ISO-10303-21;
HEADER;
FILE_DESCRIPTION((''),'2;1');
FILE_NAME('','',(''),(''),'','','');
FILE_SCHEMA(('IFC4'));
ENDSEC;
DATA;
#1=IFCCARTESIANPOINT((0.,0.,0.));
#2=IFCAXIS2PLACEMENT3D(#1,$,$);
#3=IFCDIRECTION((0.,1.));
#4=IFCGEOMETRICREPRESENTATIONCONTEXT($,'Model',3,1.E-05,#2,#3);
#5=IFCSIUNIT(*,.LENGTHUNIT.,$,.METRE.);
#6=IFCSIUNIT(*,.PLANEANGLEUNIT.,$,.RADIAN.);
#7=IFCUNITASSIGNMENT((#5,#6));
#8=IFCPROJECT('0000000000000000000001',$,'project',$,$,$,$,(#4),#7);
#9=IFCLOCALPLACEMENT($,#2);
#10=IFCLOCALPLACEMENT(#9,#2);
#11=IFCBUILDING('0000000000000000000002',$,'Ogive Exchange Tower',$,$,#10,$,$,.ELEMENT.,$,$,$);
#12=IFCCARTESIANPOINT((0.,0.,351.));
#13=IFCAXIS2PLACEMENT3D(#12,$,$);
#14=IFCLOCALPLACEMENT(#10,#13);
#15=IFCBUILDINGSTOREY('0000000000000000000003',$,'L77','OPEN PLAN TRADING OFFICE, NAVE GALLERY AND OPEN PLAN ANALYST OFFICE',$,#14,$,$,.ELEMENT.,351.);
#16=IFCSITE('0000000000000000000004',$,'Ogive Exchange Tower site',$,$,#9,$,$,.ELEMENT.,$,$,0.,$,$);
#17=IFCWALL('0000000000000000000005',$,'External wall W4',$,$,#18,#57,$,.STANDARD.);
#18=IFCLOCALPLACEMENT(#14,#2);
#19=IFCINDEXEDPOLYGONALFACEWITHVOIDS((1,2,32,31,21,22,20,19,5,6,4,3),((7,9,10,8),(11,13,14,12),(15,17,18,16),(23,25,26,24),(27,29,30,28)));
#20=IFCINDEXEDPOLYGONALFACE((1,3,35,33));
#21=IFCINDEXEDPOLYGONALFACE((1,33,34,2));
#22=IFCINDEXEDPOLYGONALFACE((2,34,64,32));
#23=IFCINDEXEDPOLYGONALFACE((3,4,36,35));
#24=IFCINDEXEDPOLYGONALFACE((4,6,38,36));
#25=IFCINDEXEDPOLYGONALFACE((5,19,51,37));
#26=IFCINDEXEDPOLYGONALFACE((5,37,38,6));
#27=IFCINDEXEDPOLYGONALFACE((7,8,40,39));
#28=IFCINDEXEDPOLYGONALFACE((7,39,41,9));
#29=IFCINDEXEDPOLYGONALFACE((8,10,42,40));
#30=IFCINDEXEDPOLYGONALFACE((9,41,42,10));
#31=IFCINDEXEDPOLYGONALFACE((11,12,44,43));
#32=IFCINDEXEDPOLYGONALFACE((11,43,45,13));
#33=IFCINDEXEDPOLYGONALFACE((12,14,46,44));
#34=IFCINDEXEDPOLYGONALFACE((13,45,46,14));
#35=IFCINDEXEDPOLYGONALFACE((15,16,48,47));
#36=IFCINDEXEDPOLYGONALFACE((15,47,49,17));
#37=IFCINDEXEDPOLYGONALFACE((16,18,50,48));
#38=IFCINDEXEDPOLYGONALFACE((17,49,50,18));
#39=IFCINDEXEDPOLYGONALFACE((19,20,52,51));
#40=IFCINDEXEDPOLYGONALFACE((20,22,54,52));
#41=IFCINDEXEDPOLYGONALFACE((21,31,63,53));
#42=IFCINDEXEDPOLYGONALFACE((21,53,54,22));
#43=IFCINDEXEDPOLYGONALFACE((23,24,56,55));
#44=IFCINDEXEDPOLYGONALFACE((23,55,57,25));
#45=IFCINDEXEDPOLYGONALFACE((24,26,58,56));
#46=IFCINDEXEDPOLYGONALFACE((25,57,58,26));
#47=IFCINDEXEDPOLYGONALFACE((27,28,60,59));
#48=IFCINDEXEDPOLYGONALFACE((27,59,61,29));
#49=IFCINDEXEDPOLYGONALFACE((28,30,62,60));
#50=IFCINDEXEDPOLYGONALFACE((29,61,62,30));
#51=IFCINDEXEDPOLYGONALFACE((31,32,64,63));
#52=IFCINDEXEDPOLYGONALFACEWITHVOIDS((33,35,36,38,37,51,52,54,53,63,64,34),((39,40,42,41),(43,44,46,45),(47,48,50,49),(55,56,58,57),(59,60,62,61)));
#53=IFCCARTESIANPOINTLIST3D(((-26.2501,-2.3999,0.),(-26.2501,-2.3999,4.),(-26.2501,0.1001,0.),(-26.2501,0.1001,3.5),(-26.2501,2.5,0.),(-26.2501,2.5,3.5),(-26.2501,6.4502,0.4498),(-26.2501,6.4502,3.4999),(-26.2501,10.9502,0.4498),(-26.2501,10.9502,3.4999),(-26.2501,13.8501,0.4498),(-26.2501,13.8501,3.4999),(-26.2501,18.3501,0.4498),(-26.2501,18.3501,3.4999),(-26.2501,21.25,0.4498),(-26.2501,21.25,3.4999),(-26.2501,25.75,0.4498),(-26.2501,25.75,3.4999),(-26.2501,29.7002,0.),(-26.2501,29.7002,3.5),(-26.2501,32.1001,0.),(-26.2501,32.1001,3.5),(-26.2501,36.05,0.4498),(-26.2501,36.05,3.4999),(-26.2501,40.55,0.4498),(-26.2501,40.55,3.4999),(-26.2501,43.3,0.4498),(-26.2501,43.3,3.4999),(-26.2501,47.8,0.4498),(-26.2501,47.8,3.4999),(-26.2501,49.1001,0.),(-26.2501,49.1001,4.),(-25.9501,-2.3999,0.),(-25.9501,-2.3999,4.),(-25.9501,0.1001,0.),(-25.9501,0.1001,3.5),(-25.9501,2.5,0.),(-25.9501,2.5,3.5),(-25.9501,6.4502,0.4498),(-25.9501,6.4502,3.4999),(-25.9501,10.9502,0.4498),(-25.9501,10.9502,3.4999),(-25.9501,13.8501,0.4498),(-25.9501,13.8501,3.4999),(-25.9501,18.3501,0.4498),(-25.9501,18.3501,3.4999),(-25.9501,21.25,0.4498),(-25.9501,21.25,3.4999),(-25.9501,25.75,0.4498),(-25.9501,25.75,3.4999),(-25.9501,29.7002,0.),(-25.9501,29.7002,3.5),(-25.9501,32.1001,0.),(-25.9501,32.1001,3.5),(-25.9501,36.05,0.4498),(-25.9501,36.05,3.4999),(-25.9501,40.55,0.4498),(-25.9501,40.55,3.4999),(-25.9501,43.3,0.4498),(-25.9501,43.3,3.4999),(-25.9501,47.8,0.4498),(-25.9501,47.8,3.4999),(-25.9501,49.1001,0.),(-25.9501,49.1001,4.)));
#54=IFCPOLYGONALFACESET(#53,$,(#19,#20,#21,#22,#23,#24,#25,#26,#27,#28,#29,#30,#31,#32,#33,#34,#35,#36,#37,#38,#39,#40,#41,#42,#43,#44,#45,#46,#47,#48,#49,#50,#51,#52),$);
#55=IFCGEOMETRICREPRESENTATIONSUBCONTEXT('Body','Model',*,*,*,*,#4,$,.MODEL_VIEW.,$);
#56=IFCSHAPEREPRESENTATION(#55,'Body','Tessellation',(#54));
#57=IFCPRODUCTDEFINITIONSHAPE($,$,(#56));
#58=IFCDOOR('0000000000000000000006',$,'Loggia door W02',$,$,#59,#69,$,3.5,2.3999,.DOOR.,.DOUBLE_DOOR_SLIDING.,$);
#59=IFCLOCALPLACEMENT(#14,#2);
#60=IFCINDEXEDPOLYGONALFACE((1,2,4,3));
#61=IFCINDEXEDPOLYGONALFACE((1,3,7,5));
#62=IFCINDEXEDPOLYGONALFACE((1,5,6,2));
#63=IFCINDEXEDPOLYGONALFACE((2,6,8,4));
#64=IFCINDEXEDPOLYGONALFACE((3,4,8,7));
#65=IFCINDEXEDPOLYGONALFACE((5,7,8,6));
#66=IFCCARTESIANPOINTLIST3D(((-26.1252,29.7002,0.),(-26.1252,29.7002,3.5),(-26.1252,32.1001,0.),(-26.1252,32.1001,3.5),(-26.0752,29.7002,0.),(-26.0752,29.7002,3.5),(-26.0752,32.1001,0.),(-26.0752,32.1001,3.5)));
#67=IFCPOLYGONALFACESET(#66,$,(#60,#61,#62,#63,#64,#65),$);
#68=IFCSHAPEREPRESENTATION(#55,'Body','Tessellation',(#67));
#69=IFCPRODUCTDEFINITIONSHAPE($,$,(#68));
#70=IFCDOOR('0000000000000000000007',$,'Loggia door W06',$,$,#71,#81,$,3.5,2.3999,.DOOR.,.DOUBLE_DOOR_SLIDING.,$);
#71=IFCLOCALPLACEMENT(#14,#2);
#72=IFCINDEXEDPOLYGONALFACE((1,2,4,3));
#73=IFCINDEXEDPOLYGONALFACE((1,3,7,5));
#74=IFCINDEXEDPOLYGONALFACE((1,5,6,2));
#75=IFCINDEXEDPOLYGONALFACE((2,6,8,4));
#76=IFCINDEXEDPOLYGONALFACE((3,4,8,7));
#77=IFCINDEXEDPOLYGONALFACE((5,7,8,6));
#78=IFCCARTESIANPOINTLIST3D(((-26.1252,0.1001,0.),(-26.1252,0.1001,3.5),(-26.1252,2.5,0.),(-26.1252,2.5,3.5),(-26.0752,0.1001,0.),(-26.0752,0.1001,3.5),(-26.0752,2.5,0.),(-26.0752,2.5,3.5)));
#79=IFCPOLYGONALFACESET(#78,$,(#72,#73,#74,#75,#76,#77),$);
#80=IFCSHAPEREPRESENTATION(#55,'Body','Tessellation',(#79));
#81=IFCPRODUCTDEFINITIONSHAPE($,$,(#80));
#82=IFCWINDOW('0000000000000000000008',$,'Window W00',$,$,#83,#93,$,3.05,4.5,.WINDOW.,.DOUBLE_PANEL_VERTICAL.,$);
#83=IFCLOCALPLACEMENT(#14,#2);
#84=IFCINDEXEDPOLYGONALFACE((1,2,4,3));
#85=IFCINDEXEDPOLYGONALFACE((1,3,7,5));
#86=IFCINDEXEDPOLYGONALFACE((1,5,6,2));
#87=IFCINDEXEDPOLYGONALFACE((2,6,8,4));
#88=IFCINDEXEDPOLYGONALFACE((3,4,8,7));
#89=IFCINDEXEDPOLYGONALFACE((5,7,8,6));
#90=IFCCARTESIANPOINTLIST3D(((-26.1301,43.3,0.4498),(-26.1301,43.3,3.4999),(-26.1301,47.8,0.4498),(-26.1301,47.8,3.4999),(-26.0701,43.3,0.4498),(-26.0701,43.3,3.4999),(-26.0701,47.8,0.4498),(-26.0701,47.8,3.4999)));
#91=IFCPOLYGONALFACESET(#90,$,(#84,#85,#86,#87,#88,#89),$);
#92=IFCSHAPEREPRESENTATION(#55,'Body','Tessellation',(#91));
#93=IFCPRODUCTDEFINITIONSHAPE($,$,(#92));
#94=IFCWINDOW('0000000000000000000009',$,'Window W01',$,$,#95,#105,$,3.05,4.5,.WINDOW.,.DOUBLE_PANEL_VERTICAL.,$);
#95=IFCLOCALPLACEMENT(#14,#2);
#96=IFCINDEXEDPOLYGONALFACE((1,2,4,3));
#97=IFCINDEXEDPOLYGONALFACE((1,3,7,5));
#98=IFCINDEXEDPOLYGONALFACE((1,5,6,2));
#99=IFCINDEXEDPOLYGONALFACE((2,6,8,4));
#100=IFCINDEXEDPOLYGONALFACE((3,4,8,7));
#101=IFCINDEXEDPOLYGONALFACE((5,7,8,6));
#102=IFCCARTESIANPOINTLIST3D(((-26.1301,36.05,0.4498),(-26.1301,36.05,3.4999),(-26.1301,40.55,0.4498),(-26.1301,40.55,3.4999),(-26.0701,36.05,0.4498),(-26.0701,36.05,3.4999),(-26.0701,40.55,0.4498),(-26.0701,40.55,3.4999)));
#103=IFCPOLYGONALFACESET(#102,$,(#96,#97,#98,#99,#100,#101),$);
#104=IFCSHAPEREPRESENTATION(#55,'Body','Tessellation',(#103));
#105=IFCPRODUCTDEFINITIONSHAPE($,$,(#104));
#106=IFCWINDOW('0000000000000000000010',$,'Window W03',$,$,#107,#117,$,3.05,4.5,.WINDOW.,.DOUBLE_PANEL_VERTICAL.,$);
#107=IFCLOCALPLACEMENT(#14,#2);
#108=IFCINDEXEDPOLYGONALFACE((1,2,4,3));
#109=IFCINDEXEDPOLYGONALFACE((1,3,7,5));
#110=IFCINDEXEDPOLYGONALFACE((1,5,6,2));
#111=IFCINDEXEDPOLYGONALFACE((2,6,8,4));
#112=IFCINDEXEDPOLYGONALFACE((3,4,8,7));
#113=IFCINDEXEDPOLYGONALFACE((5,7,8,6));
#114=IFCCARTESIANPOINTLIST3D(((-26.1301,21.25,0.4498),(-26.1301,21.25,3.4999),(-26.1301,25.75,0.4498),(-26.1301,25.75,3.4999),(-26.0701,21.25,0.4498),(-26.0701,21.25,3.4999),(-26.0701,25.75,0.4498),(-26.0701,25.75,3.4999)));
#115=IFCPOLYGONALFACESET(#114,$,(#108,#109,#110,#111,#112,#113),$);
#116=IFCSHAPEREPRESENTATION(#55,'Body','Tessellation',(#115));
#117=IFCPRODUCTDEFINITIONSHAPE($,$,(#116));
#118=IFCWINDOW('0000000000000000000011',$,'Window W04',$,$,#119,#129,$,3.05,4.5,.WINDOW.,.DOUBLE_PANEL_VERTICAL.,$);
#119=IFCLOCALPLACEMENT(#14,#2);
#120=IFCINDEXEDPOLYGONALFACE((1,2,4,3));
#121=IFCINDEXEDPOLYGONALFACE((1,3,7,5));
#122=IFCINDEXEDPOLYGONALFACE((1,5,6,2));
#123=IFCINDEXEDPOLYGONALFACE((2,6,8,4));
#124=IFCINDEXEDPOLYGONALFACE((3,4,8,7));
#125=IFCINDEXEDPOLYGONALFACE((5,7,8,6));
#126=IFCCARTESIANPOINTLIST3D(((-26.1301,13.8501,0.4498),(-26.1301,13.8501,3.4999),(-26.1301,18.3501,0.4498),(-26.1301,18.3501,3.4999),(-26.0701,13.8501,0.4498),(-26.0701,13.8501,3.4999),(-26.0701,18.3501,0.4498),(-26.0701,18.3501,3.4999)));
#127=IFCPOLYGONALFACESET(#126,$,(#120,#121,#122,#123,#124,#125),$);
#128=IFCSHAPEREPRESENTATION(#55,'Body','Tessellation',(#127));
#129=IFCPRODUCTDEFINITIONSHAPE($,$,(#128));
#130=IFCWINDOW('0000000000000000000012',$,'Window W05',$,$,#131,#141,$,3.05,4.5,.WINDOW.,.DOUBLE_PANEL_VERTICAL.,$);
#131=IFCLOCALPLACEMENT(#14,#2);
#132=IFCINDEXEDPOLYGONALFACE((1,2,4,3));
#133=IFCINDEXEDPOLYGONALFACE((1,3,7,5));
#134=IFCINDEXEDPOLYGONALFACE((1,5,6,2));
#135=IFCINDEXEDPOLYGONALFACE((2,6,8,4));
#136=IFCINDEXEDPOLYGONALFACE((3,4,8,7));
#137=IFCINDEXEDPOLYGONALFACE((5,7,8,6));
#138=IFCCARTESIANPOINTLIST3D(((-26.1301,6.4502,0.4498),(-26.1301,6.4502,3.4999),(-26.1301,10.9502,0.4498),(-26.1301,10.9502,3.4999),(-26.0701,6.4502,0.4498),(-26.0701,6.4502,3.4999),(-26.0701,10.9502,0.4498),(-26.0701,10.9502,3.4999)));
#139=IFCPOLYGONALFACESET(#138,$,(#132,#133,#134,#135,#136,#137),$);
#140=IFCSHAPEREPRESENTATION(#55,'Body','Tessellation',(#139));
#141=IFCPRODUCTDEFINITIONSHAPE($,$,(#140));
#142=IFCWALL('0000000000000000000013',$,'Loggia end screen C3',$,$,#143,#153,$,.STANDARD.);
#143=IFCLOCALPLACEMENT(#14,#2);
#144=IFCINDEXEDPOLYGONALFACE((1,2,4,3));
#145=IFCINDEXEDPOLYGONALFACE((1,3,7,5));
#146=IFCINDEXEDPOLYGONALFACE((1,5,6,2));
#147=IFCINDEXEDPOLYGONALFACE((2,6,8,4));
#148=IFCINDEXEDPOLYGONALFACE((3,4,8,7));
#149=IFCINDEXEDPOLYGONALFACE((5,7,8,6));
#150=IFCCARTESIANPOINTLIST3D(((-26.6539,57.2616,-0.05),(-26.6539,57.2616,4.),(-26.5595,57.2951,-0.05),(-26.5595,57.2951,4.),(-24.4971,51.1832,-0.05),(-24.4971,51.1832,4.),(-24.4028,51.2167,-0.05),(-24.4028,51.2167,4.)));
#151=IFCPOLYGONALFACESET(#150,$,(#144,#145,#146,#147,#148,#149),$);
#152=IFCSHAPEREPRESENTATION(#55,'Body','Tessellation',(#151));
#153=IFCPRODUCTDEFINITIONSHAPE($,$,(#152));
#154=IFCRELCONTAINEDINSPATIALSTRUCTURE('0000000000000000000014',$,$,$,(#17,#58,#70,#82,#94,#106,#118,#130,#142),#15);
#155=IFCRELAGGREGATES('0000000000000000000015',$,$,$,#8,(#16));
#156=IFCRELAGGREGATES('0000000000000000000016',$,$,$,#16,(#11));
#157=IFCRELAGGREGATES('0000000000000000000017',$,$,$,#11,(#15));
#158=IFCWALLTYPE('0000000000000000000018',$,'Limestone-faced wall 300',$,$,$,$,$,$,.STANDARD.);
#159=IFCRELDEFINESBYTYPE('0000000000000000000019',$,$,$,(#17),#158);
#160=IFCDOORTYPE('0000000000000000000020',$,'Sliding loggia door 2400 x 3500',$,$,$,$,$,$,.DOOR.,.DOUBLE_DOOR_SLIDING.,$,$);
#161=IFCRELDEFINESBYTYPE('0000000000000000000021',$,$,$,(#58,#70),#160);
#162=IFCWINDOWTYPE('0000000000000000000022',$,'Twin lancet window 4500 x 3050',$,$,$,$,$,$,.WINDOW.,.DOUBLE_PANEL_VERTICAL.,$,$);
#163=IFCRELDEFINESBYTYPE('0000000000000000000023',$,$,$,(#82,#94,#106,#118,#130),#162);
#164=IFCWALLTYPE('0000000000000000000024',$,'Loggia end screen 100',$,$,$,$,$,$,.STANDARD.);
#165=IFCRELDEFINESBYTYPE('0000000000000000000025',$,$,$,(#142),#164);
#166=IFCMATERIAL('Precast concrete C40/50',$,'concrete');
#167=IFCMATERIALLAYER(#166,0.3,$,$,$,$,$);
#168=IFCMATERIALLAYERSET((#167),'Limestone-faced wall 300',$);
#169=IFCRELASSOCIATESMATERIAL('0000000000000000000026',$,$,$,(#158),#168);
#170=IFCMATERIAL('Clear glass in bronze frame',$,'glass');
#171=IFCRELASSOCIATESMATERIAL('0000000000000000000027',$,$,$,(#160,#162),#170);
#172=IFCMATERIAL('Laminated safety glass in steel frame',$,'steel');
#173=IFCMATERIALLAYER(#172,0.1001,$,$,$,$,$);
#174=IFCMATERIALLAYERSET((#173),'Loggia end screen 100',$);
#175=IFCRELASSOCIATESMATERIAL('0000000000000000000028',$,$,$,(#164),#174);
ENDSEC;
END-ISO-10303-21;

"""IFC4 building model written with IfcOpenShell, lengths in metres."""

from ifc_helpers import new_model, si_unit, direction, frame, frame_2d, origin, place, context, subcontext, project, spatial, rectangle, extrude, material, layer, layer_set, type_object, element, fill, save


model = new_model("IFC4")

# Units and contexts
model_context = context("Model", 3, precision=1e-05, world=origin(), true_north=direction((0.0, 1.0)))
body_context = subcontext(model_context, "Body", "Model", "MODEL_VIEW")
ifc_project = project(units=[si_unit("LENGTHUNIT", "METRE"), si_unit("PLANEANGLEUNIT", "RADIAN")], contexts=[model_context])

# Site, building, storey
site_placement = place(None, origin())
site = spatial("IfcSite", under=ifc_project, at=site_placement, Name="Ogive Exchange Tower site", CompositionType="ELEMENT", RefElevation=0.0)
building_placement = place(site_placement, origin())
building = spatial("IfcBuilding", under=site, at=building_placement, Name="Ogive Exchange Tower", CompositionType="ELEMENT")
storey_placement = place(building_placement, frame((0.0, 0.0, 351.0)))
storey = spatial("IfcBuildingStorey", under=building, at=storey_placement, Name="L77", Description="OPEN PLAN TRADING OFFICE, NAVE GALLERY AND OPEN PLAN ANALYST OFFICE", CompositionType="ELEMENT", Elevation=351.0)

# Wall, openings, doors, windows
ifc_material_1 = material(Name="Precast concrete C40/50", Category="concrete")
ifc_layer_1 = layer(ifc_material_1, 0.3)
ifc_layer_set_1 = layer_set([ifc_layer_1], Name="Limestone-faced wall 300")
wall_type_1 = type_object("IfcWallType", Name="Limestone-faced wall 300", PredefinedType="STANDARD", material=ifc_layer_set_1)
wall_1_placement = place(storey_placement, frame((-26.1001, 49.1001, 0.0), z_axis=(0.0, 0.0, 1.0), x_axis=(0.0, -1.0, 0.0)))
wall_1 = element("IfcWall", 1, at=wall_1_placement, inside=storey, type_object=wall_type_1, Name="External wall W4", PredefinedType="STANDARD", context=body_context, shape_type="SweptSolid", body=[
    extrude(rectangle(XDim=51.5, YDim=0.3, at=frame_2d((25.75, 0.0))), origin(), (0.0, 0.0, 1.0), 4.0),
])
opening_1_placement = place(wall_1_placement, frame((1.3, 0.0, 0.45)))
opening_1 = element("IfcOpeningElement", 2, at=opening_1_placement, cuts=wall_1, PredefinedType="OPENING", context=body_context, shape_type="SweptSolid", body=[
    extrude(rectangle(XDim=4.5, YDim=3.05, at=frame_2d((2.25, 1.5249))), frame((0.0, 0.1599, 0.0), z_axis=(0.0, -1.0, 0.0), x_axis=(1.0, 0.0, 0.0)), (0.0, 0.0, 1.0), 0.3201),
])
opening_2_placement = place(wall_1_placement, frame((8.55, 0.0, 0.45)))
opening_2 = element("IfcOpeningElement", 3, at=opening_2_placement, cuts=wall_1, PredefinedType="OPENING", context=body_context, shape_type="SweptSolid", body=[
    extrude(rectangle(XDim=4.5, YDim=3.05, at=frame_2d((2.25, 1.5249))), frame((0.0, 0.1599, 0.0), z_axis=(0.0, -1.0, 0.0), x_axis=(1.0, 0.0, 0.0)), (0.0, 0.0, 1.0), 0.3201),
])
opening_3_placement = place(wall_1_placement, frame((17.0, 0.0, 0.0)))
opening_3 = element("IfcOpeningElement", 4, at=opening_3_placement, cuts=wall_1, PredefinedType="OPENING", context=body_context, shape_type="SweptSolid", body=[
    extrude(rectangle(XDim=2.3999, YDim=3.5, at=frame_2d((1.2, 1.75))), frame((0.0, 0.1599, 0.0), z_axis=(0.0, -1.0, 0.0), x_axis=(1.0, 0.0, 0.0)), (0.0, 0.0, 1.0), 0.3201),
])
opening_4_placement = place(wall_1_placement, frame((23.3501, 0.0, 0.45)))
opening_4 = element("IfcOpeningElement", 5, at=opening_4_placement, cuts=wall_1, PredefinedType="OPENING", context=body_context, shape_type="SweptSolid", body=[
    extrude(rectangle(XDim=4.5, YDim=3.05, at=frame_2d((2.25, 1.5249))), frame((0.0, 0.1599, 0.0), z_axis=(0.0, -1.0, 0.0), x_axis=(1.0, 0.0, 0.0)), (0.0, 0.0, 1.0), 0.3201),
])
opening_5_placement = place(wall_1_placement, frame((30.75, 0.0, 0.45)))
opening_5 = element("IfcOpeningElement", 6, at=opening_5_placement, cuts=wall_1, PredefinedType="OPENING", context=body_context, shape_type="SweptSolid", body=[
    extrude(rectangle(XDim=4.5, YDim=3.05, at=frame_2d((2.25, 1.5249))), frame((0.0, 0.1599, 0.0), z_axis=(0.0, -1.0, 0.0), x_axis=(1.0, 0.0, 0.0)), (0.0, 0.0, 1.0), 0.3201),
])
opening_6_placement = place(wall_1_placement, frame((38.1499, 0.0, 0.45)))
opening_6 = element("IfcOpeningElement", 7, at=opening_6_placement, cuts=wall_1, PredefinedType="OPENING", context=body_context, shape_type="SweptSolid", body=[
    extrude(rectangle(XDim=4.5, YDim=3.05, at=frame_2d((2.25, 1.5249))), frame((0.0, 0.1599, 0.0), z_axis=(0.0, -1.0, 0.0), x_axis=(1.0, 0.0, 0.0)), (0.0, 0.0, 1.0), 0.3201),
])
opening_7_placement = place(wall_1_placement, frame((46.6001, 0.0, 0.0)))
opening_7 = element("IfcOpeningElement", 8, at=opening_7_placement, cuts=wall_1, PredefinedType="OPENING", context=body_context, shape_type="SweptSolid", body=[
    extrude(rectangle(XDim=2.3999, YDim=3.5, at=frame_2d((1.2, 1.75))), frame((0.0, 0.1599, 0.0), z_axis=(0.0, -1.0, 0.0), x_axis=(1.0, 0.0, 0.0)), (0.0, 0.0, 1.0), 0.3201),
])
ifc_material_2 = material(Name="Clear glass in bronze frame", Category="glass")
door_type_1 = type_object("IfcDoorType", Name="Sliding loggia door 2400 x 3500", OperationType="DOUBLE_DOOR_SLIDING", PredefinedType="DOOR", material=ifc_material_2)
door_1_placement = place(opening_3_placement, origin())
door_1 = element("IfcDoor", 9, at=door_1_placement, inside=storey, type_object=door_type_1, Name="Loggia door W02", OperationType="DOUBLE_DOOR_SLIDING", OverallHeight=3.5, OverallWidth=2.3999, PredefinedType="DOOR", context=body_context, shape_type="SweptSolid", body=[
    extrude(rectangle(XDim=2.3999, YDim=3.5, at=frame_2d((1.2, 1.75))), frame((0.0, 0.0249, 0.0), z_axis=(0.0, -1.0, 0.0), x_axis=(1.0, 0.0, 0.0)), (0.0, 0.0, 1.0), 0.05),
])
fill(opening_3, door_1)
door_2_placement = place(opening_7_placement, origin())
door_2 = element("IfcDoor", 10, at=door_2_placement, inside=storey, type_object=door_type_1, Name="Loggia door W06", OperationType="DOUBLE_DOOR_SLIDING", OverallHeight=3.5, OverallWidth=2.3999, PredefinedType="DOOR", context=body_context, shape_type="SweptSolid", body=[
    extrude(rectangle(XDim=2.3999, YDim=3.5, at=frame_2d((1.2, 1.75))), frame((0.0, 0.0249, 0.0), z_axis=(0.0, -1.0, 0.0), x_axis=(1.0, 0.0, 0.0)), (0.0, 0.0, 1.0), 0.05),
])
fill(opening_7, door_2)
window_type = type_object("IfcWindowType", Name="Twin lancet window 4500 x 3050", PartitioningType="DOUBLE_PANEL_VERTICAL", PredefinedType="WINDOW", material=ifc_material_2)
window_1_placement = place(opening_1_placement, origin())
window_1 = element("IfcWindow", 11, at=window_1_placement, inside=storey, type_object=window_type, Name="Window W00", OverallHeight=3.05, OverallWidth=4.5, PartitioningType="DOUBLE_PANEL_VERTICAL", PredefinedType="WINDOW", context=body_context, shape_type="SweptSolid", body=[
    extrude(rectangle(XDim=4.5, YDim=3.05, at=frame_2d((2.25, 1.5249))), frame((0.0, 0.03, 0.0), z_axis=(0.0, -1.0, 0.0), x_axis=(1.0, 0.0, 0.0)), (0.0, 0.0, 1.0), 0.0601),
])
fill(opening_1, window_1)
window_2_placement = place(opening_2_placement, origin())
window_2 = element("IfcWindow", 12, at=window_2_placement, inside=storey, type_object=window_type, Name="Window W01", OverallHeight=3.05, OverallWidth=4.5, PartitioningType="DOUBLE_PANEL_VERTICAL", PredefinedType="WINDOW", context=body_context, shape_type="SweptSolid", body=[
    extrude(rectangle(XDim=4.5, YDim=3.05, at=frame_2d((2.25, 1.5249))), frame((0.0, 0.03, 0.0), z_axis=(0.0, -1.0, 0.0), x_axis=(1.0, 0.0, 0.0)), (0.0, 0.0, 1.0), 0.0601),
])
fill(opening_2, window_2)
window_3_placement = place(opening_4_placement, origin())
window_3 = element("IfcWindow", 13, at=window_3_placement, inside=storey, type_object=window_type, Name="Window W03", OverallHeight=3.05, OverallWidth=4.5, PartitioningType="DOUBLE_PANEL_VERTICAL", PredefinedType="WINDOW", context=body_context, shape_type="SweptSolid", body=[
    extrude(rectangle(XDim=4.5, YDim=3.05, at=frame_2d((2.25, 1.5249))), frame((0.0, 0.03, 0.0), z_axis=(0.0, -1.0, 0.0), x_axis=(1.0, 0.0, 0.0)), (0.0, 0.0, 1.0), 0.0601),
])
fill(opening_4, window_3)
window_4_placement = place(opening_5_placement, origin())
window_4 = element("IfcWindow", 14, at=window_4_placement, inside=storey, type_object=window_type, Name="Window W04", OverallHeight=3.05, OverallWidth=4.5, PartitioningType="DOUBLE_PANEL_VERTICAL", PredefinedType="WINDOW", context=body_context, shape_type="SweptSolid", body=[
    extrude(rectangle(XDim=4.5, YDim=3.05, at=frame_2d((2.25, 1.5249))), frame((0.0, 0.03, 0.0), z_axis=(0.0, -1.0, 0.0), x_axis=(1.0, 0.0, 0.0)), (0.0, 0.0, 1.0), 0.0601),
])
fill(opening_5, window_4)
window_5_placement = place(opening_6_placement, origin())
window_5 = element("IfcWindow", 15, at=window_5_placement, inside=storey, type_object=window_type, Name="Window W05", OverallHeight=3.05, OverallWidth=4.5, PartitioningType="DOUBLE_PANEL_VERTICAL", PredefinedType="WINDOW", context=body_context, shape_type="SweptSolid", body=[
    extrude(rectangle(XDim=4.5, YDim=3.05, at=frame_2d((2.25, 1.5249))), frame((0.0, 0.03, 0.0), z_axis=(0.0, -1.0, 0.0), x_axis=(1.0, 0.0, 0.0)), (0.0, 0.0, 1.0), 0.0601),
])
fill(opening_6, window_5)

# Wall
ifc_material_3 = material(Name="Laminated safety glass in steel frame", Category="steel")
ifc_layer_2 = layer(ifc_material_3, 0.1001)
ifc_layer_set_2 = layer_set([ifc_layer_2], Name="Loggia end screen 100")
wall_type_2 = type_object("IfcWallType", Name="Loggia end screen 100", PredefinedType="STANDARD", material=ifc_layer_set_2)
wall_2_placement = place(storey_placement, frame((-24.45, 51.2, -0.05), z_axis=(0.0, 0.0, 1.0), x_axis=(-0.334396, 0.942433, 0.0)))
element("IfcWall", 16, at=wall_2_placement, inside=storey, type_object=wall_type_2, Name="Loggia end screen C3", PredefinedType="STANDARD", context=body_context, shape_type="SweptSolid", body=[
    extrude(rectangle(XDim=6.4497, YDim=0.1001, at=frame_2d((3.2249, 0.0))), origin(), (0.0, 0.0, 1.0), 4.05),
])

save(model, "model.ifc")
